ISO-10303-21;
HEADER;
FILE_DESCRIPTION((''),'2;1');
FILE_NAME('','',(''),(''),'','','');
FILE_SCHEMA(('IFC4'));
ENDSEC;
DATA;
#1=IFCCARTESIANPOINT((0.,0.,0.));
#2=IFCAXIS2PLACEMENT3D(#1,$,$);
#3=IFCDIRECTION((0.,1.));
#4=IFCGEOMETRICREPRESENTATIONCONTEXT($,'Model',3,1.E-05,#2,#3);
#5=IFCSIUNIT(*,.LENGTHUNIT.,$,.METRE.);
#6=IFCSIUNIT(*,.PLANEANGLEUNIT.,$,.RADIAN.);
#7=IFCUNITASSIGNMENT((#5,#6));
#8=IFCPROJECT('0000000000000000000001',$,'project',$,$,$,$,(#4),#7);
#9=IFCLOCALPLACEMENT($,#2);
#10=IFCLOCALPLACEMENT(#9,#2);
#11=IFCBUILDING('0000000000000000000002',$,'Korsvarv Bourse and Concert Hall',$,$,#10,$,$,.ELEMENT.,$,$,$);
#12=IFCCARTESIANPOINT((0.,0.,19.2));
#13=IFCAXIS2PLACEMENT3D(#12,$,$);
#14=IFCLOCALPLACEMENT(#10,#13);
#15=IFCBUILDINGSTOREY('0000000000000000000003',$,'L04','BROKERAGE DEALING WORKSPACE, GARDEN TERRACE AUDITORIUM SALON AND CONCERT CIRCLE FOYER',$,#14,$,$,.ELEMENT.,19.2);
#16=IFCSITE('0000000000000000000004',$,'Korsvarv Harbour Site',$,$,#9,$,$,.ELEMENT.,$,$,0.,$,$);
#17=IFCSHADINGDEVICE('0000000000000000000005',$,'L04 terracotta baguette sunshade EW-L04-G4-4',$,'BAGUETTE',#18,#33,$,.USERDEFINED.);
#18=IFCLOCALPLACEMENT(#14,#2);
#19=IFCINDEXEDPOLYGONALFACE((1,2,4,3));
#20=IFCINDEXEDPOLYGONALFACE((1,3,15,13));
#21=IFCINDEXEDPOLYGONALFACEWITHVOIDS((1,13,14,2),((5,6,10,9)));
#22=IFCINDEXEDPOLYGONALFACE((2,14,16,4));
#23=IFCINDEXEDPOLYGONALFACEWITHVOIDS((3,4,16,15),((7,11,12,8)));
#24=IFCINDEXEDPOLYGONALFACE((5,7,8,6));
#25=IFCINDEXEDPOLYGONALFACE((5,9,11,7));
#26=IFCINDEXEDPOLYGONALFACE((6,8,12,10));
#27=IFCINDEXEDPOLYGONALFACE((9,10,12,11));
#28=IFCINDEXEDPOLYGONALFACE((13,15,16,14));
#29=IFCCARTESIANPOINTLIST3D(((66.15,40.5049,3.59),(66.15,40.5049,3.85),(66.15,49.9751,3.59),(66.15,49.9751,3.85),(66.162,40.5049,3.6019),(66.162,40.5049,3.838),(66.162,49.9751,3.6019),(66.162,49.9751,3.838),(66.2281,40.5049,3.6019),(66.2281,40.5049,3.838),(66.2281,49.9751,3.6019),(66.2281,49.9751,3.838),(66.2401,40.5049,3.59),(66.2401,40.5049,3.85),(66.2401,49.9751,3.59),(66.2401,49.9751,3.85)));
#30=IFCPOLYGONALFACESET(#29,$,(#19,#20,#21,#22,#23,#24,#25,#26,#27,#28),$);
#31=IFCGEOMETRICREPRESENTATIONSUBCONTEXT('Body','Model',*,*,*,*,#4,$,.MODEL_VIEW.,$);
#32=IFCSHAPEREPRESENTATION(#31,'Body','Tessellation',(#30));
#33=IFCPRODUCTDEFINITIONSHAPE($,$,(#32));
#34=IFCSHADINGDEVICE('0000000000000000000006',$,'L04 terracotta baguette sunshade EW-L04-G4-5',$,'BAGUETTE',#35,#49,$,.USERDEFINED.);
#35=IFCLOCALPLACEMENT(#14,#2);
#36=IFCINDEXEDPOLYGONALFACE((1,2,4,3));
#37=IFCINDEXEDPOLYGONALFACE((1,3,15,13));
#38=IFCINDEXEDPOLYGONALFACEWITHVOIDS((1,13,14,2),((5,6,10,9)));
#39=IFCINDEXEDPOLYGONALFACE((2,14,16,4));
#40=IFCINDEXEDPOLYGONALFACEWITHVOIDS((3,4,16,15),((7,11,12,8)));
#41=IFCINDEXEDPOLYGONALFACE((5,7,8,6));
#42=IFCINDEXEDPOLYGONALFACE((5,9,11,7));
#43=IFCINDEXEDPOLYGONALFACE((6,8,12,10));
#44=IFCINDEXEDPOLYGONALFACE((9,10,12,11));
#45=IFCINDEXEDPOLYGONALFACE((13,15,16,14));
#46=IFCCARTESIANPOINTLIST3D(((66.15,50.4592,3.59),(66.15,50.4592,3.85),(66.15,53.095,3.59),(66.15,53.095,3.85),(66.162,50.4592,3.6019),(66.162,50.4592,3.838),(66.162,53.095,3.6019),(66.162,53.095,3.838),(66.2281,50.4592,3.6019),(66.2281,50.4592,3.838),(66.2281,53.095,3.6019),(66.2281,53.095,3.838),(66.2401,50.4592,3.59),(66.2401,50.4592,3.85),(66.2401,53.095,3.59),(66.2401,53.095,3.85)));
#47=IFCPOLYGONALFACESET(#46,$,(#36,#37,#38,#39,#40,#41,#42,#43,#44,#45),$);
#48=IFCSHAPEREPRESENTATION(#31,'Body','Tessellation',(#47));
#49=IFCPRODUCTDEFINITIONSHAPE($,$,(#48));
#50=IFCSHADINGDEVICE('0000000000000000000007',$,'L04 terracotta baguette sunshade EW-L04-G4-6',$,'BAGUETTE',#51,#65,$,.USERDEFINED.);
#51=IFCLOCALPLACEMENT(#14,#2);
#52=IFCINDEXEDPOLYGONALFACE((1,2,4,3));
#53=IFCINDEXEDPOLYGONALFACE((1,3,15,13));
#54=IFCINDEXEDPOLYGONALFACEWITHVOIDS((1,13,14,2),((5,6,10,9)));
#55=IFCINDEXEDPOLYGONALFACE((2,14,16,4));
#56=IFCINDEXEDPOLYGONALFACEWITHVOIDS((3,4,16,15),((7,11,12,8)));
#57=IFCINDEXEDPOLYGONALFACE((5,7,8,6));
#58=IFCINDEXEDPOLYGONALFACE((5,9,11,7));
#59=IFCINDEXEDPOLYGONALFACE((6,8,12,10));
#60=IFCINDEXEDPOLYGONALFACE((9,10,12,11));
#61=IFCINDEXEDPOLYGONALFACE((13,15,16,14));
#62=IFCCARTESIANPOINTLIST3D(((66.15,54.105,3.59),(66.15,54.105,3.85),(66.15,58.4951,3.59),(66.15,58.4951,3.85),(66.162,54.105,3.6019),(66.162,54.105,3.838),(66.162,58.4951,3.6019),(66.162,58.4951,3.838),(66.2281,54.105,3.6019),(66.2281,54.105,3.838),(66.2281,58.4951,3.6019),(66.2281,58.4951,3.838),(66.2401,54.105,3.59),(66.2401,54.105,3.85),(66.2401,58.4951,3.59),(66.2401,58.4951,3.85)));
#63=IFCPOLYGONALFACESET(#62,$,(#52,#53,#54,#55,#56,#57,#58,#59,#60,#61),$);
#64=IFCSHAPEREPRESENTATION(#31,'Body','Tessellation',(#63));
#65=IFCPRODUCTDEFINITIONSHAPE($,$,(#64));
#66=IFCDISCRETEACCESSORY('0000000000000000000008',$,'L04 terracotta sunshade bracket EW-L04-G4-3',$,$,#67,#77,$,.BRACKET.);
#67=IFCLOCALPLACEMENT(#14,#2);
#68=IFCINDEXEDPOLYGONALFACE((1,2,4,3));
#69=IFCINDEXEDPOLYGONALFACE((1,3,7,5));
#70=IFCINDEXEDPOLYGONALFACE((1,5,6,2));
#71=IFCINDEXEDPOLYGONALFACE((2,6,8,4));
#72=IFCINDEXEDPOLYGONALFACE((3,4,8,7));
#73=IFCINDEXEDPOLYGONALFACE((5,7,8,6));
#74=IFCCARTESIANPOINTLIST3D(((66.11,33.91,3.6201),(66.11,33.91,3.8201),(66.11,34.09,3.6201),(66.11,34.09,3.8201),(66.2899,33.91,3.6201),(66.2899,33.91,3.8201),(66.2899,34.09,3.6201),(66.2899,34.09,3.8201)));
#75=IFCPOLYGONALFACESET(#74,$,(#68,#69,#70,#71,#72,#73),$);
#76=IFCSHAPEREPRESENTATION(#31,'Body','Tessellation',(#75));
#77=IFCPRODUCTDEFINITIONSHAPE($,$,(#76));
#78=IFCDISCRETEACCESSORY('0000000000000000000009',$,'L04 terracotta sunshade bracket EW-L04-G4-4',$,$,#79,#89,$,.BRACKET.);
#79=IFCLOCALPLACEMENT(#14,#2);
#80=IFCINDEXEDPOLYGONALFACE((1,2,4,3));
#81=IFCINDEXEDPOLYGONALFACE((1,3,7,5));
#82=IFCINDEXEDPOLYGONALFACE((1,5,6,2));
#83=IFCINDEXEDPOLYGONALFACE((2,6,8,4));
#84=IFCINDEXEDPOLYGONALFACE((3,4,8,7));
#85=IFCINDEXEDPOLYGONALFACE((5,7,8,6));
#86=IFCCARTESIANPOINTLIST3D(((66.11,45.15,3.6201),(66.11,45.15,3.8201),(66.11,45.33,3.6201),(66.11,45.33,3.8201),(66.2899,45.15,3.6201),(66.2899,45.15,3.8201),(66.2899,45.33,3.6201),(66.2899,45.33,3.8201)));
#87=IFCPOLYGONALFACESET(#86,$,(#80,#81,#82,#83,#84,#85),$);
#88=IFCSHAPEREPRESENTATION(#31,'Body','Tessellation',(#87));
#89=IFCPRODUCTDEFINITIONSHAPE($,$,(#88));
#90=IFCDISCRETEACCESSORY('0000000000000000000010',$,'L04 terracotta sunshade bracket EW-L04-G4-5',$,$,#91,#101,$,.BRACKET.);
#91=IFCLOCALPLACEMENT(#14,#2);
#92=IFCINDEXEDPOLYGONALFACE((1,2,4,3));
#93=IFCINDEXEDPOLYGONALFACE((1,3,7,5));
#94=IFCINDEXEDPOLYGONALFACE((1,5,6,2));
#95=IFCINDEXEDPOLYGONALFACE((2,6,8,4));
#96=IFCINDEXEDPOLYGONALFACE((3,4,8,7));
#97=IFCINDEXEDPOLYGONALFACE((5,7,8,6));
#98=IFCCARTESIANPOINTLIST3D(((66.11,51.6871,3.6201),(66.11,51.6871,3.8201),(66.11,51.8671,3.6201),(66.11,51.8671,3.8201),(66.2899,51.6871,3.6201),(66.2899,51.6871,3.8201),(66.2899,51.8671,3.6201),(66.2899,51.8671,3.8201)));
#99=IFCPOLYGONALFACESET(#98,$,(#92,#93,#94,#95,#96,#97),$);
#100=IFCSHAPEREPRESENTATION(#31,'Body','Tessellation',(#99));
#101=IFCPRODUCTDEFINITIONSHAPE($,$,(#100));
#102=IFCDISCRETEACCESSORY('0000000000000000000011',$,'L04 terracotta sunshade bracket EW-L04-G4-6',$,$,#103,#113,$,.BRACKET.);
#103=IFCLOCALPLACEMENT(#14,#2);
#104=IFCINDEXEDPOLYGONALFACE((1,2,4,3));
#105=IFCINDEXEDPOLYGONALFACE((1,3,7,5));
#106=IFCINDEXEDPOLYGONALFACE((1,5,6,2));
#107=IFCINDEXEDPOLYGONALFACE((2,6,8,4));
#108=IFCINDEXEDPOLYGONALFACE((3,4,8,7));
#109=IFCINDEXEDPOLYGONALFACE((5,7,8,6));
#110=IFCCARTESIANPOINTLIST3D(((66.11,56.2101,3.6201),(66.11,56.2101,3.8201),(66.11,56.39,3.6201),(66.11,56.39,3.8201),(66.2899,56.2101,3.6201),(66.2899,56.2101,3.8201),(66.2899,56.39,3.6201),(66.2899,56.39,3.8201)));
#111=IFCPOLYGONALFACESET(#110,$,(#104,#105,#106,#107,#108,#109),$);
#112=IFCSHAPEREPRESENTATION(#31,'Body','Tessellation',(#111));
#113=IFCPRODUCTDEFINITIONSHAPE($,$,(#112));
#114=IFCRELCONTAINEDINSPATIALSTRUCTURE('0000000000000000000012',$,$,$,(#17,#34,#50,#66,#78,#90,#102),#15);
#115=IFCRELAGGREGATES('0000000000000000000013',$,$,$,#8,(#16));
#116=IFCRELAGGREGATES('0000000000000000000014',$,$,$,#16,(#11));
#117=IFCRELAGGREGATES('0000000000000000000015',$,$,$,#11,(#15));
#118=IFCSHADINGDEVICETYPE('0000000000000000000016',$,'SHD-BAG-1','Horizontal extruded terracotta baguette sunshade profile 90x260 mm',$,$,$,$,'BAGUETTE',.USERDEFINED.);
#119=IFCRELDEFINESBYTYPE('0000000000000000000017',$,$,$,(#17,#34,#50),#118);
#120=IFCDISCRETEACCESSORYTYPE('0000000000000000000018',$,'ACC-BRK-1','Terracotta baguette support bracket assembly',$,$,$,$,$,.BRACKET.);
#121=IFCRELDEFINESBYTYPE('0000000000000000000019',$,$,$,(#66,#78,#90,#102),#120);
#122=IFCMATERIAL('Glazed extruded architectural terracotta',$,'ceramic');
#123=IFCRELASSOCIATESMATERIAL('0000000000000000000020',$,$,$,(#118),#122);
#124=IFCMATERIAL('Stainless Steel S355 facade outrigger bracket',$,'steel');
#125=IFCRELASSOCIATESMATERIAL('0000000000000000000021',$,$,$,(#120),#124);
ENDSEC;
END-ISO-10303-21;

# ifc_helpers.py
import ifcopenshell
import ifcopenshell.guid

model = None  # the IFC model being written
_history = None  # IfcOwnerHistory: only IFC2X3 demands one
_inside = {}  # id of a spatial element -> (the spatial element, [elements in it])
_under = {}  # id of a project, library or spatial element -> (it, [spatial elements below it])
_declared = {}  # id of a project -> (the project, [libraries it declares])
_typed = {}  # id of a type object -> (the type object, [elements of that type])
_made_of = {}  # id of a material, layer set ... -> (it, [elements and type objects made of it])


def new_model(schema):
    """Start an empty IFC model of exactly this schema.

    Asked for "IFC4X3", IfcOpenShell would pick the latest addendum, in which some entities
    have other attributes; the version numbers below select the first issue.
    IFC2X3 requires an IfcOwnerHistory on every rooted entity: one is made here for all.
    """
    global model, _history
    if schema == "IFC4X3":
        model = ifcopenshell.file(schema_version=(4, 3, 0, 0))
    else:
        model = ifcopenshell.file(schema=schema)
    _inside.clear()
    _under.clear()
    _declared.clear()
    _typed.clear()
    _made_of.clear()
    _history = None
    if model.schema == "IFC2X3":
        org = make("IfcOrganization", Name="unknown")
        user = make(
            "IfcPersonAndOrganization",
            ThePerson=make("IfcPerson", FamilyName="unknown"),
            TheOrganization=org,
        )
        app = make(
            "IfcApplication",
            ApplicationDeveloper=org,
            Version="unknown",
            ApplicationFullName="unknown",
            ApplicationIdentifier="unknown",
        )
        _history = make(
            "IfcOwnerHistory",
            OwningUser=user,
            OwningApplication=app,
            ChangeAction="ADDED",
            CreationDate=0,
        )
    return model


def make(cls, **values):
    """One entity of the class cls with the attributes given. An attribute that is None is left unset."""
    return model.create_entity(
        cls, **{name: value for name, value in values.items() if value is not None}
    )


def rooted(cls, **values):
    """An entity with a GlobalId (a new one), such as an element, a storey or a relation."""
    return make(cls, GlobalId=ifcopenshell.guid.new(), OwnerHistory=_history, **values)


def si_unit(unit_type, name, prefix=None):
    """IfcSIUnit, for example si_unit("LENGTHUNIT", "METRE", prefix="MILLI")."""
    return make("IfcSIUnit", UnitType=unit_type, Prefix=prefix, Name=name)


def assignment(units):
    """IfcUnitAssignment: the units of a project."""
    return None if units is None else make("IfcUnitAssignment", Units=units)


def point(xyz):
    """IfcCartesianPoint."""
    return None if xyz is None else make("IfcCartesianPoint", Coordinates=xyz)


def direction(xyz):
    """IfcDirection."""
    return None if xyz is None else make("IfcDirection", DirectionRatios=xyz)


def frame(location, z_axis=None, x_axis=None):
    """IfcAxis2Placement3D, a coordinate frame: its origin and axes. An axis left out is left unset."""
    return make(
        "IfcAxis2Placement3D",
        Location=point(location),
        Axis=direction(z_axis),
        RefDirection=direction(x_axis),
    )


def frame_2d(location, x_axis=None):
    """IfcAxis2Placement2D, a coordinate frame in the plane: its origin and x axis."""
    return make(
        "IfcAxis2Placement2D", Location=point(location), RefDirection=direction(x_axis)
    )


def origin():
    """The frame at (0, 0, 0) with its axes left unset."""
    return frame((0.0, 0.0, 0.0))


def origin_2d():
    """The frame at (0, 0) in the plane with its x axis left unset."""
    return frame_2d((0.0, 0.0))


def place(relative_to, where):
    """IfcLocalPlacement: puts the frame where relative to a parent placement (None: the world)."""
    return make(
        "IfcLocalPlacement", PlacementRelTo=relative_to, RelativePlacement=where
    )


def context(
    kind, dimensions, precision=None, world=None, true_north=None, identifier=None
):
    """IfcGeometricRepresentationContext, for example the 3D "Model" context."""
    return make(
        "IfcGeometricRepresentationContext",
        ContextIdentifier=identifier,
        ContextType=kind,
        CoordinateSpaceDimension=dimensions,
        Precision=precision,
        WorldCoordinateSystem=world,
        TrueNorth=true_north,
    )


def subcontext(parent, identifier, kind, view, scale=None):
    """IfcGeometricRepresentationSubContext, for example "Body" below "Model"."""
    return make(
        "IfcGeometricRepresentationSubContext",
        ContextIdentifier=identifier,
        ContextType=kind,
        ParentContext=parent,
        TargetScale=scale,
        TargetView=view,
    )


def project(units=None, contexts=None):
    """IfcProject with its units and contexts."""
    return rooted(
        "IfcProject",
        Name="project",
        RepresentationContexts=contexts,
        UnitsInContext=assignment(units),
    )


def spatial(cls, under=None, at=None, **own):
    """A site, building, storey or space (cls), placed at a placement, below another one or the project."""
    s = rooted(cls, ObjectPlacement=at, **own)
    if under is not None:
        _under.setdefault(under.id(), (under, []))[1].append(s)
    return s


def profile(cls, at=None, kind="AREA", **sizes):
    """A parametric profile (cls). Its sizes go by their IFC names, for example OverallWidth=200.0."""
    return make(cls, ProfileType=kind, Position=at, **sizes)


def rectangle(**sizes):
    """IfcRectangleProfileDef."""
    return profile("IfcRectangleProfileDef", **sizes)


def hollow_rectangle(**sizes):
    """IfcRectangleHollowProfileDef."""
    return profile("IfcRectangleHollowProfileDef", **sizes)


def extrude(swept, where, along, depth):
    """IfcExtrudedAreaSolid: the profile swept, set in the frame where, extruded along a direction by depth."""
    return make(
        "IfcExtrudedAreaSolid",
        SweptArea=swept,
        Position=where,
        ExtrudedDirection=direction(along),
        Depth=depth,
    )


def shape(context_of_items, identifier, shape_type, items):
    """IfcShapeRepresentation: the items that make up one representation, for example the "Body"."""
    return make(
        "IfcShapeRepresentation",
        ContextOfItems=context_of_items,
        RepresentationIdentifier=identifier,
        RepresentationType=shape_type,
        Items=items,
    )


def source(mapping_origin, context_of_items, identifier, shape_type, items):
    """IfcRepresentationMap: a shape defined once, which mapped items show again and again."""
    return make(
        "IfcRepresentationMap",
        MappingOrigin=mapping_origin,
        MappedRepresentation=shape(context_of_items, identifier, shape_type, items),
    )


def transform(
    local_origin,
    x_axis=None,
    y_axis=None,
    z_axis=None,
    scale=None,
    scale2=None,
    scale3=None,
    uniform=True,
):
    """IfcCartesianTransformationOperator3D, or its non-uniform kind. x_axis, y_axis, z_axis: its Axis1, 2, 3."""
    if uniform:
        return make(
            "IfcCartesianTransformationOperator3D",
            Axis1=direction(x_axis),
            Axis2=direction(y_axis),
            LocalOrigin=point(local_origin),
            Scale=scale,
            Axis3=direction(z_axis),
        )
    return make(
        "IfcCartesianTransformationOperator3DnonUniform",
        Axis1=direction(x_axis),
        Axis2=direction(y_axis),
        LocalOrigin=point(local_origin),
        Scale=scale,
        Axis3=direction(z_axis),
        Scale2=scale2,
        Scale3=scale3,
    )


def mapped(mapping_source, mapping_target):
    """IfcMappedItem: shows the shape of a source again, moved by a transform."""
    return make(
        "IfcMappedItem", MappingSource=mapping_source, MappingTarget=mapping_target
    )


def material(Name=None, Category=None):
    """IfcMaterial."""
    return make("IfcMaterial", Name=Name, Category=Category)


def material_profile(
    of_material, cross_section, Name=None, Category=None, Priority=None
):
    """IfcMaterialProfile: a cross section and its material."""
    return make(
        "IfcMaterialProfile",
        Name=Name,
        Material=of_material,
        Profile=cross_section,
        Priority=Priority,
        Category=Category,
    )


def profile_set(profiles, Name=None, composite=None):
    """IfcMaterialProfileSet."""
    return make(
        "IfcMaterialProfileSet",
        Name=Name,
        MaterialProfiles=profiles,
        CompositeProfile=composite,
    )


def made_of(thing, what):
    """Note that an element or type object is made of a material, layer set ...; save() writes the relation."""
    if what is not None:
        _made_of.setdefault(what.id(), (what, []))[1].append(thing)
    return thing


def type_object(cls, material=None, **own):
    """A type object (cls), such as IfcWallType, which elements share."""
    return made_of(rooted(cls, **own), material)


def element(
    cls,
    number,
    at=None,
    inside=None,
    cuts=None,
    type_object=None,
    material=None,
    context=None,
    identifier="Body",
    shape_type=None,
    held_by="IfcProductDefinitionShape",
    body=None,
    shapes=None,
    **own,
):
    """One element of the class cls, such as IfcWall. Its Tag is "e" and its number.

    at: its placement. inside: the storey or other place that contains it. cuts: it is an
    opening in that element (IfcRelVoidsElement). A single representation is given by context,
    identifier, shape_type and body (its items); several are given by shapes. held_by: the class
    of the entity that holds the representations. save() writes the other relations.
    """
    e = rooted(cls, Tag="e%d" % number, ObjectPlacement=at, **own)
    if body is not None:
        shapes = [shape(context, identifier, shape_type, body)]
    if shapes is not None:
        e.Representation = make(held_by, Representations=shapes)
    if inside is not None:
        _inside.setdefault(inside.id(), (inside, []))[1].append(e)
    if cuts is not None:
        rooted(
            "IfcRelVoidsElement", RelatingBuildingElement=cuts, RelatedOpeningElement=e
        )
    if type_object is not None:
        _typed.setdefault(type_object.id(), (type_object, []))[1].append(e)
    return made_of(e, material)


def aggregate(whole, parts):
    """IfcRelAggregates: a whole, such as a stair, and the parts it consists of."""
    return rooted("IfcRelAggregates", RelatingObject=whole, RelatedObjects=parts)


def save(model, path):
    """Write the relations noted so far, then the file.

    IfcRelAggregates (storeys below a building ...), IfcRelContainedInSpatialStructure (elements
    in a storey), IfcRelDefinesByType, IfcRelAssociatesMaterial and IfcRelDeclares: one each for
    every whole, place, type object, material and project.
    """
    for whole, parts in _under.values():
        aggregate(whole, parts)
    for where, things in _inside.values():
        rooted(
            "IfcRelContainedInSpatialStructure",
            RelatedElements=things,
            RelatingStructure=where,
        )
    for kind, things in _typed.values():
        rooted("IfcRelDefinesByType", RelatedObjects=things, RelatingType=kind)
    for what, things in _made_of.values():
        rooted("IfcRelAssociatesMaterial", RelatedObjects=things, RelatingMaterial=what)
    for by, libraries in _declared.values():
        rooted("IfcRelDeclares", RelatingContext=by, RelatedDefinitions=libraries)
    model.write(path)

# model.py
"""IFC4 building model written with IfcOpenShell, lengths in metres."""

from ifc_helpers import new_model, si_unit, direction, frame, origin, origin_2d, place, context, subcontext, project, spatial, rectangle, hollow_rectangle, extrude, source, transform, mapped, material, material_profile, profile_set, type_object, element, save


model = new_model("IFC4")

# Units and contexts
model_context = context("Model", 3, precision=1e-05, world=origin(), true_north=direction((0.0, 1.0)))
body_context = subcontext(model_context, "Body", "Model", "MODEL_VIEW")
ifc_project = project(units=[si_unit("LENGTHUNIT", "METRE"), si_unit("PLANEANGLEUNIT", "RADIAN")], contexts=[model_context])

# Site, building, storey
site_placement = place(None, origin())
site = spatial("IfcSite", under=ifc_project, at=site_placement, Name="Korsvarv Harbour Site", CompositionType="ELEMENT", RefElevation=0.0)
building_placement = place(site_placement, origin())
building = spatial("IfcBuilding", under=site, at=building_placement, Name="Korsvarv Bourse and Concert Hall", CompositionType="ELEMENT")
storey_placement = place(building_placement, frame((0.0, 0.0, 19.2)))
storey = spatial("IfcBuildingStorey", under=building, at=storey_placement, Name="L04", Description="BROKERAGE DEALING WORKSPACE, GARDEN TERRACE AUDITORIUM SALON AND CONCERT CIRCLE FOYER", CompositionType="ELEMENT", Elevation=19.2)

# Shading devices
ifc_material_1 = material(Name="Glazed extruded architectural terracotta", Category="ceramic")
ifc_material_profile_1 = material_profile(ifc_material_1, hollow_rectangle(XDim=0.0901, YDim=0.26, WallThickness=0.012, at=origin_2d()), Name="TC-BAG 90x260")
ifc_profile_set_1 = profile_set([ifc_material_profile_1], Name="Glazed extruded architectural terracotta")
shading_device_type = type_object("IfcShadingDeviceType", Name="SHD-BAG-1", Description="Horizontal extruded terracotta baguette sunshade profile 90x260 mm", ElementType="BAGUETTE", PredefinedType="USERDEFINED", material=ifc_profile_set_1)
shared_shape_1 = source(origin(), body_context, "Body", "SweptSolid", [
    extrude(hollow_rectangle(XDim=0.0901, YDim=0.26, WallThickness=0.012, at=origin_2d()), origin(), (0.0, 0.0, 1.0), 9.4702),
])
shading_device_1_placement = place(storey_placement, frame((66.1951, 40.5049, 3.72), z_axis=(0.0, 1.0, 0.0), x_axis=(-1.0, 0.0, 0.0)))
element("IfcShadingDevice", 1, at=shading_device_1_placement, inside=storey, type_object=shading_device_type, Name="L04 terracotta baguette sunshade EW-L04-G4-4", ObjectType="BAGUETTE", PredefinedType="USERDEFINED", context=body_context, shape_type="MappedRepresentation", body=[
    mapped(shared_shape_1, transform((0.0, 0.0, 0.0), scale=1.0)),
])
shared_shape_2 = source(origin(), body_context, "Body", "SweptSolid", [
    extrude(hollow_rectangle(XDim=0.0901, YDim=0.26, WallThickness=0.012, at=origin_2d()), origin(), (0.0, 0.0, 1.0), 2.6357),
])
shading_device_2_placement = place(storey_placement, frame((66.1951, 50.4592, 3.72), z_axis=(0.0, 1.0, 0.0), x_axis=(-1.0, 0.0, 0.0)))
element("IfcShadingDevice", 2, at=shading_device_2_placement, inside=storey, type_object=shading_device_type, Name="L04 terracotta baguette sunshade EW-L04-G4-5", ObjectType="BAGUETTE", PredefinedType="USERDEFINED", context=body_context, shape_type="MappedRepresentation", body=[
    mapped(shared_shape_2, transform((0.0, 0.0, 0.0), scale=1.0)),
])
shared_shape_3 = source(origin(), body_context, "Body", "SweptSolid", [
    extrude(hollow_rectangle(XDim=0.0901, YDim=0.26, WallThickness=0.012, at=origin_2d()), origin(), (0.0, 0.0, 1.0), 4.3901),
])
shading_device_3_placement = place(storey_placement, frame((66.1951, 54.105, 3.72), z_axis=(0.0, 1.0, 0.0), x_axis=(-1.0, 0.0, 0.0)))
element("IfcShadingDevice", 3, at=shading_device_3_placement, inside=storey, type_object=shading_device_type, Name="L04 terracotta baguette sunshade EW-L04-G4-6", ObjectType="BAGUETTE", PredefinedType="USERDEFINED", context=body_context, shape_type="MappedRepresentation", body=[
    mapped(shared_shape_3, transform((0.0, 0.0, 0.0), scale=1.0)),
])

# Discrete accessories
ifc_material_2 = material(Name="Stainless Steel S355 facade outrigger bracket", Category="steel")
discrete_accessory_type = type_object("IfcDiscreteAccessoryType", Name="ACC-BRK-1", Description="Terracotta baguette support bracket assembly", PredefinedType="BRACKET", material=ifc_material_2)
shared_shape_4 = source(origin(), body_context, "Body", "SweptSolid", [
    extrude(rectangle(XDim=0.1799, YDim=0.1799, at=origin_2d()), origin(), (0.0, 0.0, 1.0), 0.2),
])
for number, where, z_axis, x_axis, name in (
    (4, (66.2, 34.0, 3.6201), (0.0, 0.0, 1.0), (0.0, 1.0, 0.0), "L04 terracotta sunshade bracket EW-L04-G4-3"),
    (5, (66.2, 45.24, 3.6201), (0.0, 0.0, 1.0), (0.0, 1.0, 0.0), "L04 terracotta sunshade bracket EW-L04-G4-4"),
    (6, (66.2, 51.7771, 3.6201), (0.0, 0.0, 1.0), (0.0, 1.0, 0.0), "L04 terracotta sunshade bracket EW-L04-G4-5"),
    (7, (66.2, 56.3, 3.6201), (0.0, 0.0, 1.0), (0.0, 1.0, 0.0), "L04 terracotta sunshade bracket EW-L04-G4-6"),
):
    element("IfcDiscreteAccessory", number, at=place(storey_placement, frame(where, z_axis=z_axis, x_axis=x_axis)), inside=storey, type_object=discrete_accessory_type, Name=name, PredefinedType="BRACKET", context=body_context, shape_type="MappedRepresentation", body=[
        mapped(shared_shape_4, transform((0.0, 0.0, 0.0), scale=1.0)),
    ])

save(model, "model.ifc")
